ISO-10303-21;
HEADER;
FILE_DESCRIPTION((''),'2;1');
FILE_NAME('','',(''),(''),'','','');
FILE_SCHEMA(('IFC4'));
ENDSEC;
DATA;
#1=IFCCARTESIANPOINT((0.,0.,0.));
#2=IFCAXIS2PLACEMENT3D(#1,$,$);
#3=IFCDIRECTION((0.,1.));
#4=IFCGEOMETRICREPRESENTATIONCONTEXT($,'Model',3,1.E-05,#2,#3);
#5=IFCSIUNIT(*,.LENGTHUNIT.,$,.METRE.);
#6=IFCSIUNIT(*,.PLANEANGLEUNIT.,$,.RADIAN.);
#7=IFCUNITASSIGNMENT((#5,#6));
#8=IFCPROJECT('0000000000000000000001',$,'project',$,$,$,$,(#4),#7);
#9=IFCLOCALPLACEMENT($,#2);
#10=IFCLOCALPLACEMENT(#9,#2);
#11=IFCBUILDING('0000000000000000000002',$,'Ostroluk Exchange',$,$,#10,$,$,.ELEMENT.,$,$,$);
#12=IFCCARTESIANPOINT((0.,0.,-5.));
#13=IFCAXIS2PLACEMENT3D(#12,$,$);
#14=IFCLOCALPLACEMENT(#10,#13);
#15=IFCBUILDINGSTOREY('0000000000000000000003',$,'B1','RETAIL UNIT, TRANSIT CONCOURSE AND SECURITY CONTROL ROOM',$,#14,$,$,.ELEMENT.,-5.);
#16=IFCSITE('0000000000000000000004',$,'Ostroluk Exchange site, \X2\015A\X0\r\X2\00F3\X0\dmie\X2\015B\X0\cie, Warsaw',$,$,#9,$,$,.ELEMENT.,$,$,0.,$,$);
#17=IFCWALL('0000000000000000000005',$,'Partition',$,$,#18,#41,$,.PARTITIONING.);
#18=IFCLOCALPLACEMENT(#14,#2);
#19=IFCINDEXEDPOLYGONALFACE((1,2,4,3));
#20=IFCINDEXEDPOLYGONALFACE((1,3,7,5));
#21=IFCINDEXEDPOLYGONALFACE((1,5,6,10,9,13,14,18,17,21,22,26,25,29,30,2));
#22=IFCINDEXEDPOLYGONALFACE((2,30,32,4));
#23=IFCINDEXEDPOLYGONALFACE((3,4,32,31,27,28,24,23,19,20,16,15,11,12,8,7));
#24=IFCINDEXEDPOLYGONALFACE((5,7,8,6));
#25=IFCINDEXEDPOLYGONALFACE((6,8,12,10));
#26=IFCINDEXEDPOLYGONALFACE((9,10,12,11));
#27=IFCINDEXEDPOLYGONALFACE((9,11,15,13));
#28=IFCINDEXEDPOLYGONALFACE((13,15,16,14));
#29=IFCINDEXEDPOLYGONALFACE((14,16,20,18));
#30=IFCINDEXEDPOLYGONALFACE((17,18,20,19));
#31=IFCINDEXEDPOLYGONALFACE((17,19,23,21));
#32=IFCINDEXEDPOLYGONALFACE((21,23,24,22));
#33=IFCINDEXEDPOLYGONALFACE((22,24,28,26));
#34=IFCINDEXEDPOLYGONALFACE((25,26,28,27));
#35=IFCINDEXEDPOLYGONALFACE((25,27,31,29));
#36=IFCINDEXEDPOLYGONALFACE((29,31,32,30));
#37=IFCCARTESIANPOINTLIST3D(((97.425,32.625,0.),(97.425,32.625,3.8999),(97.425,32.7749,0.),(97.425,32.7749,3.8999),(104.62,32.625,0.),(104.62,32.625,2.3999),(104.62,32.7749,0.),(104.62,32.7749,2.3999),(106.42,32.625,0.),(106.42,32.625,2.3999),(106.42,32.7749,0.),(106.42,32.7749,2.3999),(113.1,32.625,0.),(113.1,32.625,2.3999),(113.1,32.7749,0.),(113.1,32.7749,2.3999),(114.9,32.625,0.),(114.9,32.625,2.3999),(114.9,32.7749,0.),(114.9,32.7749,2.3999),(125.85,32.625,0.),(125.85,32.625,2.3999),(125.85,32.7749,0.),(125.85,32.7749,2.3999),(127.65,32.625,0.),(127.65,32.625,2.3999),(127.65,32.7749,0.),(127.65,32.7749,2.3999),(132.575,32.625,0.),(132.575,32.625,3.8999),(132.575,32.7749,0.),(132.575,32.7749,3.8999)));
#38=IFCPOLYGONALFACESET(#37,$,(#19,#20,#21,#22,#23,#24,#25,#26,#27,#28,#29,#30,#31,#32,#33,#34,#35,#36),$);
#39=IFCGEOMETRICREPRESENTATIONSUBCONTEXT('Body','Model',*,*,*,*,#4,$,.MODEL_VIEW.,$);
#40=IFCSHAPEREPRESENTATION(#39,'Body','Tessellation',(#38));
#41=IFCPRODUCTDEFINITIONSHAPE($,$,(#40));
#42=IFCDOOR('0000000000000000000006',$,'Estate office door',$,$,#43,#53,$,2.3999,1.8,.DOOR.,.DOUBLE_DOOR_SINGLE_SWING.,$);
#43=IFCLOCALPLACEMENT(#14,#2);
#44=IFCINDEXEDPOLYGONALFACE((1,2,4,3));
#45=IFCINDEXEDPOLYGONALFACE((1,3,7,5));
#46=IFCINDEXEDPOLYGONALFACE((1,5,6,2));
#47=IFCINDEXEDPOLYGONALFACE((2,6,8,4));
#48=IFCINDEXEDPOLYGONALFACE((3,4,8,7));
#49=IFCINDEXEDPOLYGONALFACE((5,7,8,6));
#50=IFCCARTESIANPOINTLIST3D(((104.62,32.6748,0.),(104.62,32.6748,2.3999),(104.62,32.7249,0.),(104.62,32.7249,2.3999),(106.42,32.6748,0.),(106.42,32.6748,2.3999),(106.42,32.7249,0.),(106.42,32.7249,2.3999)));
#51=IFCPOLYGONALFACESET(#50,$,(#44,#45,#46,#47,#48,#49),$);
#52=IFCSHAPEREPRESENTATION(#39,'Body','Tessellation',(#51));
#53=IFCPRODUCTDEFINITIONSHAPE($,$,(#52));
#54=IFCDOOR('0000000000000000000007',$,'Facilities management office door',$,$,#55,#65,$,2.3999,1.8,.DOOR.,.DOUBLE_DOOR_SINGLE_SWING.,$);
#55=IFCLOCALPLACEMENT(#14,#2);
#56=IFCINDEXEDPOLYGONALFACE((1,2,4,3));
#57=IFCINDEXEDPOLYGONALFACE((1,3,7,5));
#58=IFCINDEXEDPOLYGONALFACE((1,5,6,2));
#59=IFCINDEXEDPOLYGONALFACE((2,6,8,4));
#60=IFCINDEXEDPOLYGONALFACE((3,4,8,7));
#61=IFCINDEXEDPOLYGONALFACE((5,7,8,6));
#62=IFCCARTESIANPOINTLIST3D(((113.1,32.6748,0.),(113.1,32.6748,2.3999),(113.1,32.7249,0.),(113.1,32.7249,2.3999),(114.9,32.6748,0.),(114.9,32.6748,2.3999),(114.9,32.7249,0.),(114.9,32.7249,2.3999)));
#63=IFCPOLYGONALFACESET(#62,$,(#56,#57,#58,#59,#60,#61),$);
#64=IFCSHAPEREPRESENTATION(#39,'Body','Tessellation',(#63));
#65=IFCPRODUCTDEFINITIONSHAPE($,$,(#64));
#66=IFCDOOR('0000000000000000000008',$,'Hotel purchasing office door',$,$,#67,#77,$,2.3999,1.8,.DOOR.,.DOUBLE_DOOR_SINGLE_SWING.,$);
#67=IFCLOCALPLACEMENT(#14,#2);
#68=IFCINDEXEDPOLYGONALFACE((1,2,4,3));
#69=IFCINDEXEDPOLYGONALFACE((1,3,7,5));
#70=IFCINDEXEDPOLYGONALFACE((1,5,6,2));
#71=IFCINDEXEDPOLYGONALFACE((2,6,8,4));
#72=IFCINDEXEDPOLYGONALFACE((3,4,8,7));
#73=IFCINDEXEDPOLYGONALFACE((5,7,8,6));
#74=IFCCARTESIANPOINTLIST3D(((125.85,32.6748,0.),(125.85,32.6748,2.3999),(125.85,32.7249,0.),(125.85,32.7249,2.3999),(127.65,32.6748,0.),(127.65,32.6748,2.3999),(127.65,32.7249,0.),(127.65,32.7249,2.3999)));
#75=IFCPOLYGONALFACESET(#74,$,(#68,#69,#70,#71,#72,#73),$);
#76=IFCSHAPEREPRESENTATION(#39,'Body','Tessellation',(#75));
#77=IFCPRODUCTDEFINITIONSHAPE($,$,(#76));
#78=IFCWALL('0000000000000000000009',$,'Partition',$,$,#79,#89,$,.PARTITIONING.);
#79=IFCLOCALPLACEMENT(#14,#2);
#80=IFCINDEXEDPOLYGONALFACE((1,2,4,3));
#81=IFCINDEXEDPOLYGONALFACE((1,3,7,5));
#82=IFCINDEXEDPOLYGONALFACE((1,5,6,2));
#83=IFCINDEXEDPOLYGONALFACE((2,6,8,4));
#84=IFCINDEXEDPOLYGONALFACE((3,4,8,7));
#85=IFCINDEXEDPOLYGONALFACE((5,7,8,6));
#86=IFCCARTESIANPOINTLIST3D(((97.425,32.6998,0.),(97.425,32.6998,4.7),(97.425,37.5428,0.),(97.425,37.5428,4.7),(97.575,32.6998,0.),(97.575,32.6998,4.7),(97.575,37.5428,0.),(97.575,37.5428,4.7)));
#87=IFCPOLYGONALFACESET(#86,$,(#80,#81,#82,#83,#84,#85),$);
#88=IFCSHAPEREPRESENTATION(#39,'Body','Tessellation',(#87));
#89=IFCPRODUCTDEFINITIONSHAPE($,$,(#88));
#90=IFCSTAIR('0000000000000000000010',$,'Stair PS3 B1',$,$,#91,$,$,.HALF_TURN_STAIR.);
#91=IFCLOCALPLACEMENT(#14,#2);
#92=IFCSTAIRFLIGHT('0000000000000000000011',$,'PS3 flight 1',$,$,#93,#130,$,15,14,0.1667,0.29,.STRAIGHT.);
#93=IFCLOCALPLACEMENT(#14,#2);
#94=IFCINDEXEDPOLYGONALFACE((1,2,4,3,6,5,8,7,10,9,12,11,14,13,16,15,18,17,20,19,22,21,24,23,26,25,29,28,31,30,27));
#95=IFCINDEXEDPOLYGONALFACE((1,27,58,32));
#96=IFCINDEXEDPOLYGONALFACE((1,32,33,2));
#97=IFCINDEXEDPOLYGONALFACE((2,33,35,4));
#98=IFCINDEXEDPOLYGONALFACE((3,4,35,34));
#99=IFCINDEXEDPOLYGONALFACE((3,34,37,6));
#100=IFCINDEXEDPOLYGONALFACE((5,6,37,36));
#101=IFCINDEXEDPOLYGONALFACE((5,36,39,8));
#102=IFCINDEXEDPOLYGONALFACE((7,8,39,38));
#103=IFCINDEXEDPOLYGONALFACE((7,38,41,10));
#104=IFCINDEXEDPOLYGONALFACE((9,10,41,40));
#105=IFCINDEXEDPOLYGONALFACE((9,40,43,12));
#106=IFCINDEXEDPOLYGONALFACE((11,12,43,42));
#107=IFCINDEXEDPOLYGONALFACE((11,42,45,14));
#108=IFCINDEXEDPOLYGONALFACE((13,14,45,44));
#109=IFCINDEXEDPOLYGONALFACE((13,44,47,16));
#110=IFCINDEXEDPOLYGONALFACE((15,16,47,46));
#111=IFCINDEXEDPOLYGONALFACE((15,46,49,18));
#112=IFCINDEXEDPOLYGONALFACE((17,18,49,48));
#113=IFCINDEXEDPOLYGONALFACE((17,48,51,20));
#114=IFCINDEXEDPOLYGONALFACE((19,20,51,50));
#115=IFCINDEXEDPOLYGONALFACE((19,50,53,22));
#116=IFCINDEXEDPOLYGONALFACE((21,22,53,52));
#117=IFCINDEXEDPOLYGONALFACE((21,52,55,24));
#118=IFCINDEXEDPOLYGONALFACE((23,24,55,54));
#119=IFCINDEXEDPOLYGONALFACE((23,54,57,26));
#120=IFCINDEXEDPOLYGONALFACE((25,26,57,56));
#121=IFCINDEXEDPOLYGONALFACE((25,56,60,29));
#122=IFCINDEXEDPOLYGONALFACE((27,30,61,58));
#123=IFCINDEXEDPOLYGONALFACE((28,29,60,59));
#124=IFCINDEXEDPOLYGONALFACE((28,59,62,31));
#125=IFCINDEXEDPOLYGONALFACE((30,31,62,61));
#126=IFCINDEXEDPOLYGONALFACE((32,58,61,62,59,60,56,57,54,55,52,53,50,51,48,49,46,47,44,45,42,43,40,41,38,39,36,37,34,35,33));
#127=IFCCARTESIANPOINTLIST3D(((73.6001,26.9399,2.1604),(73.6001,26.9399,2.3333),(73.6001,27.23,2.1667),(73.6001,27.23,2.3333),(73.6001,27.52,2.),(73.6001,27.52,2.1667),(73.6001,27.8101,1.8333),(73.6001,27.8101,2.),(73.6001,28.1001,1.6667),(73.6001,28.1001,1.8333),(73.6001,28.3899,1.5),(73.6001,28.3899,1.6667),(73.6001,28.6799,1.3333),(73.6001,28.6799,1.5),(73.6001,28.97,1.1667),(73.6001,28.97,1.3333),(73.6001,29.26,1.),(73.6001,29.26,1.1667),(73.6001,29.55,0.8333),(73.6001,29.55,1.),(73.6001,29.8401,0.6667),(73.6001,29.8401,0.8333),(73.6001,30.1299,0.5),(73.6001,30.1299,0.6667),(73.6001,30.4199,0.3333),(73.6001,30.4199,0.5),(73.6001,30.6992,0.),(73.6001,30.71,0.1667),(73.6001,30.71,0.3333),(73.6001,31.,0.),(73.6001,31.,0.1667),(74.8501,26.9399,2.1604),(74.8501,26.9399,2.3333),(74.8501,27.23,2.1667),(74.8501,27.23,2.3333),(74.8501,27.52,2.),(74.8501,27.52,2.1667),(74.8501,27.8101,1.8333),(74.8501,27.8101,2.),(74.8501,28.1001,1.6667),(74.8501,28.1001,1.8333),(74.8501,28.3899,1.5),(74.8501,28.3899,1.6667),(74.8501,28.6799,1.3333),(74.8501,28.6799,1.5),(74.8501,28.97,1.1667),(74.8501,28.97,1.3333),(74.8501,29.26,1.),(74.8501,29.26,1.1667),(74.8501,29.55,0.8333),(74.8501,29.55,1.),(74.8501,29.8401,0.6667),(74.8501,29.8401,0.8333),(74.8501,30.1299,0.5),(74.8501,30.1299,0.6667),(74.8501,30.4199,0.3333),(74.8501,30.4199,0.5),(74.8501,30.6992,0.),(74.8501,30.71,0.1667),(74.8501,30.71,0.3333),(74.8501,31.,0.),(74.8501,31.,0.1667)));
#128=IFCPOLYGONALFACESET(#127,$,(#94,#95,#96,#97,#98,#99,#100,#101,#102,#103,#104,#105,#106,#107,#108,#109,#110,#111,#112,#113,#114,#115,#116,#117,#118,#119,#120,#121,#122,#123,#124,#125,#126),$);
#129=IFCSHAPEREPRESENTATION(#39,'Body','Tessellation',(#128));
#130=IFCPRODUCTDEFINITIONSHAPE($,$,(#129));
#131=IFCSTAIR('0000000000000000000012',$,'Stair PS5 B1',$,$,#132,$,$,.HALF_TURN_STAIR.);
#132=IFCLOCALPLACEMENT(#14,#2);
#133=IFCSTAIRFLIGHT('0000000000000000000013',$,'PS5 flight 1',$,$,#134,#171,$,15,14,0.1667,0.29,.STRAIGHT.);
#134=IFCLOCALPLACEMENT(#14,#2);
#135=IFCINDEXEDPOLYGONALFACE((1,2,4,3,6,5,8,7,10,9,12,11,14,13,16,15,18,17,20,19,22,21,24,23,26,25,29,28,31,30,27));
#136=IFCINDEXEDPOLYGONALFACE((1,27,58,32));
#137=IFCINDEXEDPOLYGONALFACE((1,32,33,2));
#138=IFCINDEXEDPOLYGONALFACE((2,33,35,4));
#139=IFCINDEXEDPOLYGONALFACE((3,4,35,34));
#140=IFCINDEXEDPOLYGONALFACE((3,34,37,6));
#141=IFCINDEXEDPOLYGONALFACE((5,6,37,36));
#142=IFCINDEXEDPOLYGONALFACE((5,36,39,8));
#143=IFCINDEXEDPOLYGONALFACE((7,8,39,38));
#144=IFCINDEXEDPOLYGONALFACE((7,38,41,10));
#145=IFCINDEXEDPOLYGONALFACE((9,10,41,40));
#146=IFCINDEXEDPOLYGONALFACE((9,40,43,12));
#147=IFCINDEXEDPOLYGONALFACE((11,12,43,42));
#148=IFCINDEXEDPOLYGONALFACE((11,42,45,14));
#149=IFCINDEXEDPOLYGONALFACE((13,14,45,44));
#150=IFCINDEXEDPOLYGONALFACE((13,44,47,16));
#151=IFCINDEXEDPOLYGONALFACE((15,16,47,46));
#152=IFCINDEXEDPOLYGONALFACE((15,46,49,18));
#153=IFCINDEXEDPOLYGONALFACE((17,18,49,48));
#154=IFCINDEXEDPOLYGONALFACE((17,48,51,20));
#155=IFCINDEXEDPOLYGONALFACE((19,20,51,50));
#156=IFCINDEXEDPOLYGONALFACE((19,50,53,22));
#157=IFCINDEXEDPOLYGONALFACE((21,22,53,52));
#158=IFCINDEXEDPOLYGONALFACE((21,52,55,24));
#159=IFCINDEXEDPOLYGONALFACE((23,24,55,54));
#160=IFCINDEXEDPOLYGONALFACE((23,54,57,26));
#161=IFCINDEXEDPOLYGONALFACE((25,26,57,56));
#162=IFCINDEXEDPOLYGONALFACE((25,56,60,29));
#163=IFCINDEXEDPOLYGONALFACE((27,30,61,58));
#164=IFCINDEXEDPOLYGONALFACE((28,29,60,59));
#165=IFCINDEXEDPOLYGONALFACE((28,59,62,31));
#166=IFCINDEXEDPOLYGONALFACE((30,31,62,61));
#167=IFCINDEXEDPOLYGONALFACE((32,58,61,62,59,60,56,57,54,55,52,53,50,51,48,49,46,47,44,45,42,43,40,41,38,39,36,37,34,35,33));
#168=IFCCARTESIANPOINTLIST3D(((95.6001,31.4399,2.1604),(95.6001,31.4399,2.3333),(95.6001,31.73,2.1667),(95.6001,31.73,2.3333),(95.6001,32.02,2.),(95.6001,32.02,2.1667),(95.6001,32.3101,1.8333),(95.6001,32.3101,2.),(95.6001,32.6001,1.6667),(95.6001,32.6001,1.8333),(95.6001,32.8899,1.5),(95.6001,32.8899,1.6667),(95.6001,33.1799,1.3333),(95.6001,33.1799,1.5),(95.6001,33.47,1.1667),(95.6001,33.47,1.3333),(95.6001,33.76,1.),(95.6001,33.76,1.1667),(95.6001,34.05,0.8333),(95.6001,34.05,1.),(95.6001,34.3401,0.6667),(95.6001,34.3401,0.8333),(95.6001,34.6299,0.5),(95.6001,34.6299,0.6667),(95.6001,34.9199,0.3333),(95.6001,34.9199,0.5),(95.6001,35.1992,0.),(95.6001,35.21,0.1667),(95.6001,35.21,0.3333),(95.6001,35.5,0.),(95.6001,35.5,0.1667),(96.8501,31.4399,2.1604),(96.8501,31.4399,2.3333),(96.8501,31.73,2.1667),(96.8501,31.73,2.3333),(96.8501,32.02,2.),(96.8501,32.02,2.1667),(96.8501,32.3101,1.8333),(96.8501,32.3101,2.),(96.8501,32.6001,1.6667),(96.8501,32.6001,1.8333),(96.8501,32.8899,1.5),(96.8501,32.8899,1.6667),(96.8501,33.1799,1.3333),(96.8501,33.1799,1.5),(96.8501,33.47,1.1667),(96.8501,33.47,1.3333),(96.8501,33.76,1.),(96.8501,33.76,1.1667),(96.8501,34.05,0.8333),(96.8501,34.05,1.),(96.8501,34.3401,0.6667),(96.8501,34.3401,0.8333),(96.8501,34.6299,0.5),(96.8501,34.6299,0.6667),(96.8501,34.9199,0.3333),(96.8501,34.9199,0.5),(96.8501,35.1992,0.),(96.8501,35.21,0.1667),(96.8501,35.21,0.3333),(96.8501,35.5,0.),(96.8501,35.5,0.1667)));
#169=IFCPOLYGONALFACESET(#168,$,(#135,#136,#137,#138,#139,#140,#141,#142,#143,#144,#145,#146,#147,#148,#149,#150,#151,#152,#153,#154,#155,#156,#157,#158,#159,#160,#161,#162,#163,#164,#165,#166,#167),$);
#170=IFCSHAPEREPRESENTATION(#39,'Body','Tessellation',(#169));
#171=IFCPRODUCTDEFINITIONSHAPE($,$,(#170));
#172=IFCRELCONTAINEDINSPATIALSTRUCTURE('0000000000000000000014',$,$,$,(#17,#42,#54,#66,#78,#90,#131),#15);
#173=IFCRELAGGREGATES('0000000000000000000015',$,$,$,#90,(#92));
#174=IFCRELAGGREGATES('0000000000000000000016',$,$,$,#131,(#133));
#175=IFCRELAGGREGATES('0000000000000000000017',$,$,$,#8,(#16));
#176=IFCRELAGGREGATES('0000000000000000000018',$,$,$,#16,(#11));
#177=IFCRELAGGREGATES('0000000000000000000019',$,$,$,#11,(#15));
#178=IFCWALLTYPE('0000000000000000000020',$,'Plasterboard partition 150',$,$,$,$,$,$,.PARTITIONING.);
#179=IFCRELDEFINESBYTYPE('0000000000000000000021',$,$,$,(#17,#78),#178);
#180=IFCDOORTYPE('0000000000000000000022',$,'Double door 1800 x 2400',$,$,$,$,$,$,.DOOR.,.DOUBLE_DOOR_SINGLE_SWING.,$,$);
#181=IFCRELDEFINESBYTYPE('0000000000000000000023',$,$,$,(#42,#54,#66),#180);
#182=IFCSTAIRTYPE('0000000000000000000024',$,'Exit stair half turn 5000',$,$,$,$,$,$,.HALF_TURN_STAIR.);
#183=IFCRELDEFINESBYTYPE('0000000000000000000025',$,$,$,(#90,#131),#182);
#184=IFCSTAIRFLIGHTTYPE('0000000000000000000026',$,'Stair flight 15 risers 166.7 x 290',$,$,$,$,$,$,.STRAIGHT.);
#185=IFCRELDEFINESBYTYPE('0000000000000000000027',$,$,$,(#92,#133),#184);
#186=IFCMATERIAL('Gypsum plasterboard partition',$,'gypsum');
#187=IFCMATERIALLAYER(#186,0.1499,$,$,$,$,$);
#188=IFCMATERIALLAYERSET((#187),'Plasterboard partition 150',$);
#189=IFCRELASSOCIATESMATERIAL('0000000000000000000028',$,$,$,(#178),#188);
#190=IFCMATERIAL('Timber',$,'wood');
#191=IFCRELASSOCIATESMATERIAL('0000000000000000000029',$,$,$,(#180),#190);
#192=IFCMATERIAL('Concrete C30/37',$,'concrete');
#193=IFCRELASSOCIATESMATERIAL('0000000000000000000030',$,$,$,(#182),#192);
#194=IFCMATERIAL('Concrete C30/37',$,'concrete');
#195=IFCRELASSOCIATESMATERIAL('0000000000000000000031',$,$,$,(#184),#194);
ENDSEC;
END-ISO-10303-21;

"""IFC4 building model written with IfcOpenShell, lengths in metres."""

from ifc_helpers import new_model, si_unit, direction, frame, frame_2d, origin, place, context, subcontext, project, spatial, polyline, rectangle, outline, extrude, material, layer, layer_set, type_object, element, fill, aggregate, save


model = new_model("IFC4")

# Units and contexts
model_context = context("Model", 3, precision=1e-05, world=origin(), true_north=direction((0.0, 1.0)))
body_context = subcontext(model_context, "Body", "Model", "MODEL_VIEW")
ifc_project = project(units=[si_unit("LENGTHUNIT", "METRE"), si_unit("PLANEANGLEUNIT", "RADIAN")], contexts=[model_context])

# Site, building, storey
site_placement = place(None, origin())
site = spatial("IfcSite", under=ifc_project, at=site_placement, Name="Ostroluk Exchange site, Śródmieście, Warsaw", CompositionType="ELEMENT", RefElevation=0.0)
building_placement = place(site_placement, origin())
building = spatial("IfcBuilding", under=site, at=building_placement, Name="Ostroluk Exchange", CompositionType="ELEMENT")
storey_placement = place(building_placement, frame((0.0, 0.0, -5.0)))
storey = spatial("IfcBuildingStorey", under=building, at=storey_placement, Name="B1", Description="RETAIL UNIT, TRANSIT CONCOURSE AND SECURITY CONTROL ROOM", CompositionType="ELEMENT", Elevation=-5.0)

# Shared definitions
ifc_material_1 = material(Name="Gypsum plasterboard partition", Category="gypsum")
ifc_layer_1 = layer(ifc_material_1, 0.1499)
ifc_layer_set_1 = layer_set([ifc_layer_1], Name="Plasterboard partition 150")
wall_type_1 = type_object("IfcWallType", Name="Plasterboard partition 150", PredefinedType="PARTITIONING", material=ifc_layer_set_1)

# Wall, openings, doors
wall_1_placement = place(storey_placement, frame((97.425, 32.7, 0.0), z_axis=(0.0, 0.0, 1.0), x_axis=(1.0, 0.0, 0.0)))
wall_1 = element("IfcWall", 1, at=wall_1_placement, inside=storey, type_object=wall_type_1, Name="Partition", PredefinedType="PARTITIONING", context=body_context, shape_type="SweptSolid", body=[
    extrude(rectangle(XDim=35.1499, YDim=0.1499, at=frame_2d((17.575, 0.0))), origin(), (0.0, 0.0, 1.0), 3.8999),
])
opening_1_placement = place(wall_1_placement, frame((7.1951, 0.0, 0.0)))
opening_1 = element("IfcOpeningElement", 2, at=opening_1_placement, cuts=wall_1, PredefinedType="OPENING", context=body_context, shape_type="SweptSolid", body=[
    extrude(rectangle(XDim=1.8, YDim=2.3999, at=frame_2d((0.8999, 1.2))), frame((0.0, 0.085, 0.0), z_axis=(0.0, -1.0, 0.0), x_axis=(1.0, 0.0, 0.0)), (0.0, 0.0, 1.0), 0.1699),
])
opening_2_placement = place(wall_1_placement, frame((15.675, 0.0, 0.0)))
opening_2 = element("IfcOpeningElement", 3, at=opening_2_placement, cuts=wall_1, PredefinedType="OPENING", context=body_context, shape_type="SweptSolid", body=[
    extrude(rectangle(XDim=1.8, YDim=2.3999, at=frame_2d((0.8999, 1.2))), frame((0.0, 0.085, 0.0), z_axis=(0.0, -1.0, 0.0), x_axis=(1.0, 0.0, 0.0)), (0.0, 0.0, 1.0), 0.1699),
])
opening_3_placement = place(wall_1_placement, frame((28.425, 0.0, 0.0)))
opening_3 = element("IfcOpeningElement", 4, at=opening_3_placement, cuts=wall_1, PredefinedType="OPENING", context=body_context, shape_type="SweptSolid", body=[
    extrude(rectangle(XDim=1.8, YDim=2.3999, at=frame_2d((0.8999, 1.2))), frame((0.0, 0.085, 0.0), z_axis=(0.0, -1.0, 0.0), x_axis=(1.0, 0.0, 0.0)), (0.0, 0.0, 1.0), 0.1699),
])
ifc_material_2 = material(Name="Timber", Category="wood")
door_type_1 = type_object("IfcDoorType", Name="Double door 1800 x 2400", OperationType="DOUBLE_DOOR_SINGLE_SWING", PredefinedType="DOOR", material=ifc_material_2)
door_1_placement = place(opening_1_placement, origin())
door_1 = element("IfcDoor", 5, at=door_1_placement, inside=storey, type_object=door_type_1, Name="Estate office door", OperationType="DOUBLE_DOOR_SINGLE_SWING", OverallHeight=2.3999, OverallWidth=1.8, PredefinedType="DOOR", context=body_context, shape_type="SweptSolid", body=[
    extrude(rectangle(XDim=1.8, YDim=2.3999, at=frame_2d((0.8999, 1.2))), frame((0.0, 0.0249, 0.0), z_axis=(0.0, -1.0, 0.0), x_axis=(1.0, 0.0, 0.0)), (0.0, 0.0, 1.0), 0.05),
])
fill(opening_1, door_1)
door_2_placement = place(opening_2_placement, origin())
door_2 = element("IfcDoor", 6, at=door_2_placement, inside=storey, type_object=door_type_1, Name="Facilities management office door", OperationType="DOUBLE_DOOR_SINGLE_SWING", OverallHeight=2.3999, OverallWidth=1.8, PredefinedType="DOOR", context=body_context, shape_type="SweptSolid", body=[
    extrude(rectangle(XDim=1.8, YDim=2.3999, at=frame_2d((0.8999, 1.2))), frame((0.0, 0.0249, 0.0), z_axis=(0.0, -1.0, 0.0), x_axis=(1.0, 0.0, 0.0)), (0.0, 0.0, 1.0), 0.05),
])
fill(opening_2, door_2)
door_3_placement = place(opening_3_placement, origin())
door_3 = element("IfcDoor", 7, at=door_3_placement, inside=storey, type_object=door_type_1, Name="Hotel purchasing office door", OperationType="DOUBLE_DOOR_SINGLE_SWING", OverallHeight=2.3999, OverallWidth=1.8, PredefinedType="DOOR", context=body_context, shape_type="SweptSolid", body=[
    extrude(rectangle(XDim=1.8, YDim=2.3999, at=frame_2d((0.8999, 1.2))), frame((0.0, 0.0249, 0.0), z_axis=(0.0, -1.0, 0.0), x_axis=(1.0, 0.0, 0.0)), (0.0, 0.0, 1.0), 0.05),
])
fill(opening_3, door_3)

# Wall
wall_2_placement = place(storey_placement, frame((97.5, 32.7, 0.0), z_axis=(0.0, 0.0, 1.0), x_axis=(0.0, 1.0, 0.0)))
element("IfcWall", 8, at=wall_2_placement, inside=storey, type_object=wall_type_1, Name="Partition", PredefinedType="PARTITIONING", context=body_context, shape_type="SweptSolid", body=[
    extrude(rectangle(XDim=4.843, YDim=0.1499, at=frame_2d((2.4214, 0.0))), origin(), (0.0, 0.0, 1.0), 4.7),
])

# Stair, stair flight
ifc_material_3 = material(Name="Concrete C30/37", Category="concrete")
stair_type = type_object("IfcStairType", Name="Exit stair half turn 5000", PredefinedType="HALF_TURN_STAIR", material=ifc_material_3)
stair_1_placement = place(storey_placement, origin())
stair_1 = element("IfcStair", 9, at=stair_1_placement, inside=storey, type_object=stair_type, Name="Stair PS3 B1", PredefinedType="HALF_TURN_STAIR")
ifc_material_4 = material(Name="Concrete C30/37", Category="concrete")
stair_flight_type = type_object("IfcStairFlightType", Name="Stair flight 15 risers 166.7 x 290", PredefinedType="STRAIGHT", material=ifc_material_4)
stair_flight_1_placement = place(storey_placement, frame((74.2251, 31.0, 0.0), z_axis=(0.0, 0.0, 1.0), x_axis=(0.0, -1.0, 0.0)))
stair_flight_1 = element("IfcStairFlight", 10, at=stair_flight_1_placement, type_object=stair_flight_type, Name="PS3 flight 1", NumberOfRisers=15, NumberOfTreads=14, PredefinedType="STRAIGHT", RiserHeight=0.1667, TreadLength=0.29, context=body_context, shape_type="SweptSolid", body=[
    extrude(outline(polyline([(0.0, 0.0), (0.0, 0.1667), (0.29, 0.1667), (0.29, 0.3333), (0.5801, 0.3333), (0.5801, 0.5), (0.8701, 0.5), (0.8701, 0.6667), (1.1599, 0.6667), (1.1599, 0.8333), (1.45, 0.8333), (1.45, 1.0), (1.74, 1.0), (1.74, 1.1667), (2.03, 1.1667), (2.03, 1.3333), (2.3201, 1.3333), (2.3201, 1.5), (2.6101, 1.5), (2.6101, 1.6667), (2.8999, 1.6667), (2.8999, 1.8333), (3.1899, 1.8333), (3.1899, 2.0), (3.48, 2.0), (3.48, 2.1667), (3.77, 2.1667), (3.77, 2.3333), (4.0601, 2.3333), (4.0601, 2.5), (4.0601, 2.1604), (0.3008, 0.0), (0.0, 0.0)])), frame((0.0, 0.625, 0.0), z_axis=(0.0, -1.0, 0.0), x_axis=(1.0, 0.0, 0.0)), (0.0, 0.0, 1.0), 1.25),
])
aggregate(stair_1, [stair_flight_1])

# Stair, stair flight
stair_2_placement = place(storey_placement, origin())
stair_2 = element("IfcStair", 11, at=stair_2_placement, inside=storey, type_object=stair_type, Name="Stair PS5 B1", PredefinedType="HALF_TURN_STAIR")
stair_flight_2_placement = place(storey_placement, frame((96.2251, 35.5, 0.0), z_axis=(0.0, 0.0, 1.0), x_axis=(0.0, -1.0, 0.0)))
stair_flight_2 = element("IfcStairFlight", 12, at=stair_flight_2_placement, type_object=stair_flight_type, Name="PS5 flight 1", NumberOfRisers=15, NumberOfTreads=14, PredefinedType="STRAIGHT", RiserHeight=0.1667, TreadLength=0.29, context=body_context, shape_type="SweptSolid", body=[
    extrude(outline(polyline([(0.0, 0.0), (0.0, 0.1667), (0.29, 0.1667), (0.29, 0.3333), (0.5801, 0.3333), (0.5801, 0.5), (0.8701, 0.5), (0.8701, 0.6667), (1.1599, 0.6667), (1.1599, 0.8333), (1.45, 0.8333), (1.45, 1.0), (1.74, 1.0), (1.74, 1.1667), (2.03, 1.1667), (2.03, 1.3333), (2.3201, 1.3333), (2.3201, 1.5), (2.6101, 1.5), (2.6101, 1.6667), (2.8999, 1.6667), (2.8999, 1.8333), (3.1899, 1.8333), (3.1899, 2.0), (3.48, 2.0), (3.48, 2.1667), (3.77, 2.1667), (3.77, 2.3333), (4.0601, 2.3333), (4.0601, 2.5), (4.0601, 2.1604), (0.3008, 0.0), (0.0, 0.0)])), frame((0.0, 0.625, 0.0), z_axis=(0.0, -1.0, 0.0), x_axis=(1.0, 0.0, 0.0)), (0.0, 0.0, 1.0), 1.25),
])
aggregate(stair_2, [stair_flight_2])

save(model, "model.ifc")
